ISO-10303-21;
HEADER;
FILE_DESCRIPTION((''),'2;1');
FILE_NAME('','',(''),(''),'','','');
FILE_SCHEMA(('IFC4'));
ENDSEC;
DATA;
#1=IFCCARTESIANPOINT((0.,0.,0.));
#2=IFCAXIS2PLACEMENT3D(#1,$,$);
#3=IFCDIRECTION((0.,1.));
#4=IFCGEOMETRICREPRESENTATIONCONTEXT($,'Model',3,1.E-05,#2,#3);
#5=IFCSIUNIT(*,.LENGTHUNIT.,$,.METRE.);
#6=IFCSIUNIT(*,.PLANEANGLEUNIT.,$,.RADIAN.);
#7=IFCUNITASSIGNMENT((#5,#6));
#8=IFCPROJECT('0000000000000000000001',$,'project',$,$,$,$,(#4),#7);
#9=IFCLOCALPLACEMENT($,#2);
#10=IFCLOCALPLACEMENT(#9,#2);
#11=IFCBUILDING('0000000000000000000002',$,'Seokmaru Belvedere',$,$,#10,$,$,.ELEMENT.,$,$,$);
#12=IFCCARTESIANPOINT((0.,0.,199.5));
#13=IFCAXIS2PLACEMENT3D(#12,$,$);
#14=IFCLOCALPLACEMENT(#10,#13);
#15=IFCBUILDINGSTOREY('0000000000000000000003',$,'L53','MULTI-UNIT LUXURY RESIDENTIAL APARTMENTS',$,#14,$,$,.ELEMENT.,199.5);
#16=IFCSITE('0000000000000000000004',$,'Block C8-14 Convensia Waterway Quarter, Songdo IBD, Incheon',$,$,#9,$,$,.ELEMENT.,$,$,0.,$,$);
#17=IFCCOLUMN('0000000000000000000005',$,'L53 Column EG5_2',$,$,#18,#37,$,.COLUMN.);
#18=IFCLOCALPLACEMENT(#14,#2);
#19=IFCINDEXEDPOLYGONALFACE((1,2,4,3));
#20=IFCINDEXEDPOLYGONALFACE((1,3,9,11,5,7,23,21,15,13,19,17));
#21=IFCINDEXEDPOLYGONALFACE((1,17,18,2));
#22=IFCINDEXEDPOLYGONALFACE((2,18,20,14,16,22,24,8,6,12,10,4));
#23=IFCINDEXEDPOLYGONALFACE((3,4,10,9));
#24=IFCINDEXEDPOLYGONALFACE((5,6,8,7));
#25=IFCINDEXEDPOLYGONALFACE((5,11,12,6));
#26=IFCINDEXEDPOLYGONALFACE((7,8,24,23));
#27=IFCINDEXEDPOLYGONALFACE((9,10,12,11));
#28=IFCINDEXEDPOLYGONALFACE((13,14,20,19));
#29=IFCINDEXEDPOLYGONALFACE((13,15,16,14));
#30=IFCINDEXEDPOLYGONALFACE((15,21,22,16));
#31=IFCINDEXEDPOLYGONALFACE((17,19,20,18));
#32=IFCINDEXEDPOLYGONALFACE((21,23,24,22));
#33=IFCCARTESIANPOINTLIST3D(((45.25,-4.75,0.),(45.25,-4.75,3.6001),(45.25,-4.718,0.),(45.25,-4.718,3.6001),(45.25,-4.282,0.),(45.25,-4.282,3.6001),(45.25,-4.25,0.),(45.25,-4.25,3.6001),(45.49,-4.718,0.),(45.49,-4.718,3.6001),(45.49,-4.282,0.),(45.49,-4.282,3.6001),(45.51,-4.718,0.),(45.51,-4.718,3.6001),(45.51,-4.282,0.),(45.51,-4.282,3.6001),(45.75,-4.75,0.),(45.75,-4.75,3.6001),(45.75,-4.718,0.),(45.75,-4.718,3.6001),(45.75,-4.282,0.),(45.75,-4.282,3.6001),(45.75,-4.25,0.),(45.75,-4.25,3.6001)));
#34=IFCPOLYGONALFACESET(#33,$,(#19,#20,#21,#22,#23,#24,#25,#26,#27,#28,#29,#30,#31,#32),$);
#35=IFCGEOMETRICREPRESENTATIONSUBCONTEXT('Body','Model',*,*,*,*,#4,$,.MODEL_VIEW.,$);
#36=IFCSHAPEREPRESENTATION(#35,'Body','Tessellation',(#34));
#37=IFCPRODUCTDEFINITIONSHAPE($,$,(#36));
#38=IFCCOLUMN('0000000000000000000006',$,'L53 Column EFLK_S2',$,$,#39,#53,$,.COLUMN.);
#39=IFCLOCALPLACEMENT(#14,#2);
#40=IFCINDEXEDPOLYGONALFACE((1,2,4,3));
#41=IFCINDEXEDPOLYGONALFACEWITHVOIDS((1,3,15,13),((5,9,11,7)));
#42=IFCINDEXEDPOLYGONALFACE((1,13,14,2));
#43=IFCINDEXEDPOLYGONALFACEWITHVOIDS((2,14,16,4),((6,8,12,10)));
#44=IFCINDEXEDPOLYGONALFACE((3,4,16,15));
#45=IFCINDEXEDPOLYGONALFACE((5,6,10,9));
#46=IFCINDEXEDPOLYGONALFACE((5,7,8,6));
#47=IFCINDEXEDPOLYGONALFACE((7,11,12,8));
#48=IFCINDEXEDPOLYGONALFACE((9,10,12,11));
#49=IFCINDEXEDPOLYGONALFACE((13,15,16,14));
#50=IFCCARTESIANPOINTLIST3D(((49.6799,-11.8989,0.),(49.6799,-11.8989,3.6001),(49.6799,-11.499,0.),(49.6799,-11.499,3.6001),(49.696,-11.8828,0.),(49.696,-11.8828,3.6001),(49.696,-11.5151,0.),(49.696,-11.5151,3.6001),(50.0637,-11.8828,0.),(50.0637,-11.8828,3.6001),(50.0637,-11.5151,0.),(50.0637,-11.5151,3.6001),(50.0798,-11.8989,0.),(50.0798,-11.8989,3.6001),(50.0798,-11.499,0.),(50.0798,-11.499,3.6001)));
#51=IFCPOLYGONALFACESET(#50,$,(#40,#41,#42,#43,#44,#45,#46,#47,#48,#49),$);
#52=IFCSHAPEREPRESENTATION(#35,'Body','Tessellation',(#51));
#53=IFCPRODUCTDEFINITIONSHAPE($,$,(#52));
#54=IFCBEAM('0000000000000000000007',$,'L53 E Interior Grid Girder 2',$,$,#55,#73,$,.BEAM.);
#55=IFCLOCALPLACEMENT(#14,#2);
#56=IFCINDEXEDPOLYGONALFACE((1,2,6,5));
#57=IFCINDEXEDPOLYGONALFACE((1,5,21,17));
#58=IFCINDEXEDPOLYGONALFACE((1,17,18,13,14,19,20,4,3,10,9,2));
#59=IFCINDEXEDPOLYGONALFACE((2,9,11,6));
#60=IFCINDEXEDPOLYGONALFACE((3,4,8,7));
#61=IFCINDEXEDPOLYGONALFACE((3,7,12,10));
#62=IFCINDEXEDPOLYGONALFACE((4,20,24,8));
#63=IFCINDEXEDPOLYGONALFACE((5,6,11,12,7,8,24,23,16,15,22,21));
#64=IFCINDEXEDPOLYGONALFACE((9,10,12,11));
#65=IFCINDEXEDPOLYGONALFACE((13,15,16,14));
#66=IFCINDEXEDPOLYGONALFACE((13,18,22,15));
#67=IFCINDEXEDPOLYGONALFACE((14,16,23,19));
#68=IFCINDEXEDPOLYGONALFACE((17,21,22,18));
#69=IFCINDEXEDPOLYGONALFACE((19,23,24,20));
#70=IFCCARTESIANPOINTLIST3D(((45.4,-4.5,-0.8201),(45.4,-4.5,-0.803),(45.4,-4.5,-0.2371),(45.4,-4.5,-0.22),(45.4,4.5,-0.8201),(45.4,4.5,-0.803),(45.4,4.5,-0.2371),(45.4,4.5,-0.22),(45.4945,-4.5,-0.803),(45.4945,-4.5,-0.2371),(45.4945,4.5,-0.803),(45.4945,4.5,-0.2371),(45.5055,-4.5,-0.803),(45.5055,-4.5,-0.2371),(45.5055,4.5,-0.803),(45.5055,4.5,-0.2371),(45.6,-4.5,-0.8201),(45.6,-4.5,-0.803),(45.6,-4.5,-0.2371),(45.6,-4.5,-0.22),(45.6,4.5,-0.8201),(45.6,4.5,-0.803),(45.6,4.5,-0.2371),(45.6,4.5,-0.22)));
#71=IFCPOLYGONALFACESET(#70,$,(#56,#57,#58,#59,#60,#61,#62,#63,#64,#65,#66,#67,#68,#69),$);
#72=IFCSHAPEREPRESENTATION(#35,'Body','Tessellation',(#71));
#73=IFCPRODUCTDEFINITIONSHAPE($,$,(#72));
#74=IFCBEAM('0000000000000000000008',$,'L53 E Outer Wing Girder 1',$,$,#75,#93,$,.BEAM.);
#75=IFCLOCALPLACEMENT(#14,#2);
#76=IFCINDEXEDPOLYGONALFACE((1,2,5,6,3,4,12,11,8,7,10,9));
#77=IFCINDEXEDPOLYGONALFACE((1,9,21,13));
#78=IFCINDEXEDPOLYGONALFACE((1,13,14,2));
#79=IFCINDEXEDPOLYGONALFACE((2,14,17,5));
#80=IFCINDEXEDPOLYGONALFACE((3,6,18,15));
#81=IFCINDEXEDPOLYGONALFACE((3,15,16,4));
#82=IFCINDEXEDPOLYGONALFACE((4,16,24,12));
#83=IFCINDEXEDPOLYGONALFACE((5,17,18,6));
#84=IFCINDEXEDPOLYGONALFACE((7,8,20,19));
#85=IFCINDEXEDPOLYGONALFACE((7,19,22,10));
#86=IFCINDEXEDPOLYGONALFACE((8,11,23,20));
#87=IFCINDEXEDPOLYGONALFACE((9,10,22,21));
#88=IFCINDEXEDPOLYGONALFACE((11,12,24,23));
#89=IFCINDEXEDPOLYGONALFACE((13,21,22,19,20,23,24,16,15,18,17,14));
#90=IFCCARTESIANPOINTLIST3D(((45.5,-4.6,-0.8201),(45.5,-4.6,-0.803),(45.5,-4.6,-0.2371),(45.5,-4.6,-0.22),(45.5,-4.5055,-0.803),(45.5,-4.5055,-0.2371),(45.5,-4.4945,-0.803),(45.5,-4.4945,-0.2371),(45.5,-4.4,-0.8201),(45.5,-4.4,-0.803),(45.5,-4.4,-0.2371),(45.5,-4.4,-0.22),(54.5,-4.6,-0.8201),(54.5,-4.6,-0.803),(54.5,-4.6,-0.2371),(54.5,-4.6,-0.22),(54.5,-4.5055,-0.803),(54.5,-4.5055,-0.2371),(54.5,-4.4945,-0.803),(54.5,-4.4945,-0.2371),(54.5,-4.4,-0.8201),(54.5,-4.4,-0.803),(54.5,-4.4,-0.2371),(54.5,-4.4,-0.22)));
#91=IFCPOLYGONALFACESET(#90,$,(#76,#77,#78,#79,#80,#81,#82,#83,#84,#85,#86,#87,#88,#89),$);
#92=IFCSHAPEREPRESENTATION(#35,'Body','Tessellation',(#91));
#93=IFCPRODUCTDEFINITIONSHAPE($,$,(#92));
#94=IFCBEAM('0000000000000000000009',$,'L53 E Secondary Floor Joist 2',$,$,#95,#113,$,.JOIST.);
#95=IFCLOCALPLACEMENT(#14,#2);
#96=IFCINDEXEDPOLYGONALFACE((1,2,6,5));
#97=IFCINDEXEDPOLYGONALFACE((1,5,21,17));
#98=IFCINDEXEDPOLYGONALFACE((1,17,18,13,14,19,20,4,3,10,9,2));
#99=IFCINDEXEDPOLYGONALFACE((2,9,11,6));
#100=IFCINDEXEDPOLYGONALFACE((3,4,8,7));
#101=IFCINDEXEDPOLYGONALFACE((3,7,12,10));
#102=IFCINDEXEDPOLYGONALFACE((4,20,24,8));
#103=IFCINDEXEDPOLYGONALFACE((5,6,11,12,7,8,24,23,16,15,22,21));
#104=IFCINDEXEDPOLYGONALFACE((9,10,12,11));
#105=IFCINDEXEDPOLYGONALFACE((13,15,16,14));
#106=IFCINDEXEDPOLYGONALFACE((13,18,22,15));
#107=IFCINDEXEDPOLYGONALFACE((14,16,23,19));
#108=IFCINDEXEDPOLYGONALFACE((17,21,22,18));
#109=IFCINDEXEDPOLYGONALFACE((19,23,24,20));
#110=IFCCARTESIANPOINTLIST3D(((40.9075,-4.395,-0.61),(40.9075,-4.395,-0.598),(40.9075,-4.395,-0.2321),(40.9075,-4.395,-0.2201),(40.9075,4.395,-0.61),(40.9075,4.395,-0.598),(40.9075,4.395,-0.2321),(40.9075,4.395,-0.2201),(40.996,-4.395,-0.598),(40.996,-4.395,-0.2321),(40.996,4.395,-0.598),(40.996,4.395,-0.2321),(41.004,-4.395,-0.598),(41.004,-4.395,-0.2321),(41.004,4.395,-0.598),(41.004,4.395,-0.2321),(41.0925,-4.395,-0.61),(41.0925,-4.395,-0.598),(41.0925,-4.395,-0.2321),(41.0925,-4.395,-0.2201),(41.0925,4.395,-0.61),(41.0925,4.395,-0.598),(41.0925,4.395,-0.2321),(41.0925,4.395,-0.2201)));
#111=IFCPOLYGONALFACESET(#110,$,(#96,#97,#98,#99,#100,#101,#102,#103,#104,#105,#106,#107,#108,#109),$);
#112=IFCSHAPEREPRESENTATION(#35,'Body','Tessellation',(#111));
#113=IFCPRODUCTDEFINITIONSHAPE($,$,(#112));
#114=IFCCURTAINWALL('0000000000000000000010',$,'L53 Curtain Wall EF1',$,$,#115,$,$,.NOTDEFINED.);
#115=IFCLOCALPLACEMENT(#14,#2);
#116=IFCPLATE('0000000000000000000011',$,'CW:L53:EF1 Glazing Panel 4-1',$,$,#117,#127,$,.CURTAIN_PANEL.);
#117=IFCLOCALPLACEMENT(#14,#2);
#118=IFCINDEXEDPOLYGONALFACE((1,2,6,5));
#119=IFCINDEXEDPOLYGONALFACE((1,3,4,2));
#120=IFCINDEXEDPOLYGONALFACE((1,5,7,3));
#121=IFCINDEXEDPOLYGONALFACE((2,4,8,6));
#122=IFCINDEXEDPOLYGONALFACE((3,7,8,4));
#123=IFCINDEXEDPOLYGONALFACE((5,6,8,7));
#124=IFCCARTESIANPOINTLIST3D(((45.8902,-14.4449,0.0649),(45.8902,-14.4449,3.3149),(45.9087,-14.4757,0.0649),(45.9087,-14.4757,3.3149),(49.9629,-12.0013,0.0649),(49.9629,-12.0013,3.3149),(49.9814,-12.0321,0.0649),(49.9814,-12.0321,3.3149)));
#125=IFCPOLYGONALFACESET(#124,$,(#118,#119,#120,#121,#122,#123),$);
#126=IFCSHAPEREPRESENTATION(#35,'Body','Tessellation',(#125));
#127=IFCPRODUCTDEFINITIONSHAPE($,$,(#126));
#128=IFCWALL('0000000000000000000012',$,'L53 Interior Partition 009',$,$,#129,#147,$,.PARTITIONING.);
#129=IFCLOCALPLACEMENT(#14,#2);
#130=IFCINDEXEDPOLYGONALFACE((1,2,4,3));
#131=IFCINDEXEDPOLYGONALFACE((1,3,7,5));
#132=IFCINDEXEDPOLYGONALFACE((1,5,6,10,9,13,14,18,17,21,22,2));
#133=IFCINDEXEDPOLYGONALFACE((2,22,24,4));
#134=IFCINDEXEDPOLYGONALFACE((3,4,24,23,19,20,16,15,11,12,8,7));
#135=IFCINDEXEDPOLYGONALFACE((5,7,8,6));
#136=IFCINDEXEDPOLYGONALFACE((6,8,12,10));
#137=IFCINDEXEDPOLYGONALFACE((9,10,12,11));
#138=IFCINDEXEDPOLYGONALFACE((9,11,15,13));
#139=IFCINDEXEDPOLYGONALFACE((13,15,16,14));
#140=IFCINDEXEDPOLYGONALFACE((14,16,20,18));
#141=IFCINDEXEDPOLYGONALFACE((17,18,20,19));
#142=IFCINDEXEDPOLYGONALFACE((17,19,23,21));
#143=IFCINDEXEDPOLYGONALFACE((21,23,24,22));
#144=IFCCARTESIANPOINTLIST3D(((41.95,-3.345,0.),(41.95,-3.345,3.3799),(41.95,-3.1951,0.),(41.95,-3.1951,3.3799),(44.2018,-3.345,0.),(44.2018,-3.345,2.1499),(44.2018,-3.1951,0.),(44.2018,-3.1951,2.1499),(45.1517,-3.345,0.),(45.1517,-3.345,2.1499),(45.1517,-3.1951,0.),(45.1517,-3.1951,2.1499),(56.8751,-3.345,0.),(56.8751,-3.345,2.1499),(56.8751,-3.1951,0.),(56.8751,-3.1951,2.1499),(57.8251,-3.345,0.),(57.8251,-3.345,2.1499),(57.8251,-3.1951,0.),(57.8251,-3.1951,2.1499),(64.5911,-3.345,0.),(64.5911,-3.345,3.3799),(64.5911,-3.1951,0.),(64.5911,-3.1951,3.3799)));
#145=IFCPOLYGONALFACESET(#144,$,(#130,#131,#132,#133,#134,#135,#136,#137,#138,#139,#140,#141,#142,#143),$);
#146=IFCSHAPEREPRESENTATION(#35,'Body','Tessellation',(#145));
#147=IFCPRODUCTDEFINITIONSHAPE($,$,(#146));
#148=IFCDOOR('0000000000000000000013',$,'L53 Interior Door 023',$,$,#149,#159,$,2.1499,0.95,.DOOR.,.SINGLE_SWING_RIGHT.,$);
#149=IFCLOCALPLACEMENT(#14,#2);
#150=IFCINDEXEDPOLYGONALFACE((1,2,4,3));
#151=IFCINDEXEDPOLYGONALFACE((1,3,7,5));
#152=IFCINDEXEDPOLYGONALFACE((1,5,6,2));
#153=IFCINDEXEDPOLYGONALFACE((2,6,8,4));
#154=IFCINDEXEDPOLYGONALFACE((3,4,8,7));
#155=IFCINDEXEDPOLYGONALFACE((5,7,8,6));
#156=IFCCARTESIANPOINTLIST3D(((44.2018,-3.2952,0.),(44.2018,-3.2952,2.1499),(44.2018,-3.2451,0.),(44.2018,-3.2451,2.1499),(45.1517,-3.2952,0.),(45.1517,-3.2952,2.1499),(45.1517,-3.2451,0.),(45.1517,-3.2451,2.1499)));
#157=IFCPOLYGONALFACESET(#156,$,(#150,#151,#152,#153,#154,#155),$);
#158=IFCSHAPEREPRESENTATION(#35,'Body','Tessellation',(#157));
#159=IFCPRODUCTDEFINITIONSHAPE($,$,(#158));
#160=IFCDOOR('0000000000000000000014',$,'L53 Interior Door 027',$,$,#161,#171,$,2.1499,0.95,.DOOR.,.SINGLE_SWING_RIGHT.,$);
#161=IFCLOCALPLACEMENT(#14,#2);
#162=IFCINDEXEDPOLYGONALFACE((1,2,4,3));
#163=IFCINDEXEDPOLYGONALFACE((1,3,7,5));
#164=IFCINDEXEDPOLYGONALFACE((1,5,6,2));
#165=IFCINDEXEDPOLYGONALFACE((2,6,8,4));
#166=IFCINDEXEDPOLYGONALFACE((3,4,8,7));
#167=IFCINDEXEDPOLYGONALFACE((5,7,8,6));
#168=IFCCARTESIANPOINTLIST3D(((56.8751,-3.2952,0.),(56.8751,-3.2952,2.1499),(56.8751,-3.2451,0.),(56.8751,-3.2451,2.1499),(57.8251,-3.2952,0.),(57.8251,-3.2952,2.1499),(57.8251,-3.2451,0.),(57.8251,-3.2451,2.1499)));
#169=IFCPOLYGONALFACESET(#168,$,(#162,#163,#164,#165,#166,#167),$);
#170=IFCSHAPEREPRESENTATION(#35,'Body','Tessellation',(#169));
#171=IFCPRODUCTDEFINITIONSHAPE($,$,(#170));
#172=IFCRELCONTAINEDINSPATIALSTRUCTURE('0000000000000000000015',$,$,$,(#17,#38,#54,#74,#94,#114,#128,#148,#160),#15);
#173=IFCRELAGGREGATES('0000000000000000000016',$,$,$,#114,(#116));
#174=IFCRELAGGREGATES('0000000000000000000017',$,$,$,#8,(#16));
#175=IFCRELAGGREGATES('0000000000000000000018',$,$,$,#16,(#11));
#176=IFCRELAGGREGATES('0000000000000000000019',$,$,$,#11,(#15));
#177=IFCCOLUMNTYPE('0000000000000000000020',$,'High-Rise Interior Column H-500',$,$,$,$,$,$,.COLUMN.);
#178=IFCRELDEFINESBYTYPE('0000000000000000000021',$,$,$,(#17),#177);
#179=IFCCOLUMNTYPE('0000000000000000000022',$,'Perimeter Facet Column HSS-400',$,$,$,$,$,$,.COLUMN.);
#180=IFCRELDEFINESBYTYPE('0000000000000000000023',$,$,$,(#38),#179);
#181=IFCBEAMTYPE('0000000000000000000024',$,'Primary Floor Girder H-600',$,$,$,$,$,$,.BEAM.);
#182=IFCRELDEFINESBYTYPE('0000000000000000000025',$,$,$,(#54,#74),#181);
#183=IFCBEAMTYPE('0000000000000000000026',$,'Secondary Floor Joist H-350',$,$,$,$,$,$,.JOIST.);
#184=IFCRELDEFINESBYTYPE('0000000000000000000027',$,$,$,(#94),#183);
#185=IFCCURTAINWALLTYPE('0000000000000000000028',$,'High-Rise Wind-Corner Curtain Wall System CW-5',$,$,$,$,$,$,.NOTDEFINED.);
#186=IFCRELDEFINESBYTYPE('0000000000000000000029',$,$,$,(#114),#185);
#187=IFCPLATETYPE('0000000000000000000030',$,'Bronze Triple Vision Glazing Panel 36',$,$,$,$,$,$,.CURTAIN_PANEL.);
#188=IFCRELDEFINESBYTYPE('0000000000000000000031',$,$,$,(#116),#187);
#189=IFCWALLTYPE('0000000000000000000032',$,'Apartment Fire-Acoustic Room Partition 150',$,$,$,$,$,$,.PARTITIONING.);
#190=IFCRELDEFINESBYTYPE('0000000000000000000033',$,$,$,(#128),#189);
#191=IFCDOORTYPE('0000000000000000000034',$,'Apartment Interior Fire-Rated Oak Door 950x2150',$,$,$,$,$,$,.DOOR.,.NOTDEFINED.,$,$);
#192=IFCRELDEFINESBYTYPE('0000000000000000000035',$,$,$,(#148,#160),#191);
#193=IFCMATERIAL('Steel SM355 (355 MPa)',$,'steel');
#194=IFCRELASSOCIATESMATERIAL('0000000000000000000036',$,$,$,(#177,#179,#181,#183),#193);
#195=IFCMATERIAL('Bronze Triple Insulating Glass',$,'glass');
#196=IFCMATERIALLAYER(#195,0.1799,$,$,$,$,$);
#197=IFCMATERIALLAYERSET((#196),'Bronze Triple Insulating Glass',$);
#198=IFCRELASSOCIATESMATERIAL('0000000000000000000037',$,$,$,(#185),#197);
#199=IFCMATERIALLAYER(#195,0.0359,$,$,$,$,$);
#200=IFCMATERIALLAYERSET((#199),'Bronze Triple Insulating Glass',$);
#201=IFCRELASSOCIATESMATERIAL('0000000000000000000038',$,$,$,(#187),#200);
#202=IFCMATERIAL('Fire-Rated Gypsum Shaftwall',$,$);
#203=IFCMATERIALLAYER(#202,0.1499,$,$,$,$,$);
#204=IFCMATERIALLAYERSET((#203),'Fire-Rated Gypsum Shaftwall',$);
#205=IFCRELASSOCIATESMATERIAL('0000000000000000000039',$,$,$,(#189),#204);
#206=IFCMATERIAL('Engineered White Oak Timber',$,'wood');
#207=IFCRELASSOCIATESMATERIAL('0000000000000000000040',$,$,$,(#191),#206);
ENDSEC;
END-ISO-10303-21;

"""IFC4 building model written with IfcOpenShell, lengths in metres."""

from ifc_helpers import new_model, si_unit, direction, frame, frame_2d, origin, origin_2d, place, context, subcontext, project, spatial, rectangle, hollow_rectangle, i_section, extrude, source, transform, mapped, material, layer, layer_set, material_profile, profile_set, type_object, type_shapes, element, fill, aggregate, save


model = new_model("IFC4")

# Units and contexts
model_context = context("Model", 3, precision=1e-05, world=origin(), true_north=direction((0.0, 1.0)))
body_context = subcontext(model_context, "Body", "Model", "MODEL_VIEW")
ifc_project = project(units=[si_unit("LENGTHUNIT", "METRE"), si_unit("PLANEANGLEUNIT", "RADIAN")], contexts=[model_context])

# Site, building, storey
site_placement = place(None, origin())
site = spatial("IfcSite", under=ifc_project, at=site_placement, Name="Block C8-14 Convensia Waterway Quarter, Songdo IBD, Incheon", CompositionType="ELEMENT", RefElevation=0.0)
building_placement = place(site_placement, origin())
building = spatial("IfcBuilding", under=site, at=building_placement, Name="Seokmaru Belvedere", CompositionType="ELEMENT")
storey_placement = place(building_placement, frame((0.0, 0.0, 199.5)))
storey = spatial("IfcBuildingStorey", under=building, at=storey_placement, Name="L53", Description="MULTI-UNIT LUXURY RESIDENTIAL APARTMENTS", CompositionType="ELEMENT", Elevation=199.5)

# Columns
ifc_material_1 = material(Name="Steel SM355 (355 MPa)", Category="steel")
ifc_material_profile_1 = material_profile(ifc_material_1, i_section(OverallWidth=0.5, OverallDepth=0.5, WebThickness=0.02, FlangeThickness=0.032, at=origin_2d()), Name="H-500x500x20x32")
ifc_profile_set_1 = profile_set([ifc_material_profile_1], Name="Steel SM355 (355 MPa)")
column_type_1 = type_object("IfcColumnType", Name="High-Rise Interior Column H-500", PredefinedType="COLUMN", material=ifc_profile_set_1)
shared_shape_1 = source(origin(), body_context, "Body", "SweptSolid", [
    extrude(i_section(OverallWidth=0.5, OverallDepth=0.5, WebThickness=0.02, FlangeThickness=0.032, at=origin_2d()), origin(), (0.0, 0.0, 1.0), 3.6001),
])
type_shapes(column_type_1, [shared_shape_1])
column_1_placement = place(storey_placement, frame((45.5, -4.5, 0.0), z_axis=(0.0, 0.0, 1.0), x_axis=(1.0, 0.0, 0.0)))
element("IfcColumn", 1, at=column_1_placement, inside=storey, type_object=column_type_1, Name="L53 Column EG5_2", PredefinedType="COLUMN", context=body_context, shape_type="MappedRepresentation", body=[
    mapped(shared_shape_1, transform((0.0, 0.0, 0.0), scale=1.0)),
])
ifc_material_profile_2 = material_profile(ifc_material_1, hollow_rectangle(XDim=0.3999, YDim=0.3999, WallThickness=0.0161, at=origin_2d()), Name="HSS-400x400x16")
ifc_profile_set_2 = profile_set([ifc_material_profile_2], Name="Steel SM355 (355 MPa)")
column_type_2 = type_object("IfcColumnType", Name="Perimeter Facet Column HSS-400", PredefinedType="COLUMN", material=ifc_profile_set_2)
shared_shape_2 = source(origin(), body_context, "Body", "SweptSolid", [
    extrude(hollow_rectangle(XDim=0.3999, YDim=0.3999, WallThickness=0.0161, at=origin_2d()), origin(), (0.0, 0.0, 1.0), 3.6001),
])
type_shapes(column_type_2, [shared_shape_2])
column_2_placement = place(storey_placement, frame((49.8799, -11.699, 0.0), z_axis=(0.0, 0.0, 1.0), x_axis=(1.0, 0.0, 0.0)))
element("IfcColumn", 2, at=column_2_placement, inside=storey, type_object=column_type_2, Name="L53 Column EFLK_S2", PredefinedType="COLUMN", context=body_context, shape_type="MappedRepresentation", body=[
    mapped(shared_shape_2, transform((0.0, 0.0, 0.0), scale=1.0)),
])

# Beams
ifc_material_profile_3 = material_profile(ifc_material_1, i_section(OverallWidth=0.2, OverallDepth=0.6001, WebThickness=0.011, FlangeThickness=0.0171, at=origin_2d()), Name="H-600x200x11x17")
ifc_profile_set_3 = profile_set([ifc_material_profile_3], Name="Steel SM355 (355 MPa)")
beam_type_1 = type_object("IfcBeamType", Name="Primary Floor Girder H-600", PredefinedType="BEAM", material=ifc_profile_set_3)
shared_shape_3 = source(origin(), body_context, "Body", "SweptSolid", [
    extrude(i_section(OverallWidth=0.2, OverallDepth=0.6001, WebThickness=0.011, FlangeThickness=0.0171, at=origin_2d()), origin(), (0.0, 0.0, 1.0), 9.0),
])
type_shapes(beam_type_1, [shared_shape_3])
for number, where, z_axis, x_axis, name in (
    (3, (45.5, -4.5, -0.52), (0.0, 1.0, 0.0), (-1.0, 0.0, 0.0), "L53 E Interior Grid Girder 2"),
    (4, (45.5, -4.5, -0.52), (1.0, 0.0, 0.0), (0.0, 1.0, 0.0), "L53 E Outer Wing Girder 1"),
):
    element("IfcBeam", number, at=place(storey_placement, frame(where, z_axis=z_axis, x_axis=x_axis)), inside=storey, type_object=beam_type_1, Name=name, PredefinedType="BEAM", context=body_context, shape_type="MappedRepresentation", body=[
        mapped(shared_shape_3, transform((0.0, 0.0, 0.0), scale=1.0)),
    ])
ifc_material_profile_4 = material_profile(ifc_material_1, i_section(OverallWidth=0.1851, OverallDepth=0.3899, WebThickness=0.0081, FlangeThickness=0.012, at=origin_2d()), Name="H-390x185x8x12")
ifc_profile_set_4 = profile_set([ifc_material_profile_4], Name="Steel SM355 (355 MPa)")
beam_type_2 = type_object("IfcBeamType", Name="Secondary Floor Joist H-350", PredefinedType="JOIST", material=ifc_profile_set_4)
shared_shape_4 = source(origin(), body_context, "Body", "SweptSolid", [
    extrude(i_section(OverallWidth=0.1851, OverallDepth=0.3899, WebThickness=0.0081, FlangeThickness=0.012, at=origin_2d()), origin(), (0.0, 0.0, 1.0), 8.79),
])
type_shapes(beam_type_2, [shared_shape_4])
beam_placement = place(storey_placement, frame((41.0, -4.395, -0.415), z_axis=(0.0, 1.0, 0.0), x_axis=(-1.0, 0.0, 0.0)))
element("IfcBeam", 5, at=beam_placement, inside=storey, type_object=beam_type_2, Name="L53 E Secondary Floor Joist 2", PredefinedType="JOIST", context=body_context, shape_type="MappedRepresentation", body=[
    mapped(shared_shape_4, transform((0.0, 0.0, 0.0), scale=1.0)),
])

# Curtain wall, plate
ifc_material_2 = material(Name="Bronze Triple Insulating Glass", Category="glass")
ifc_layer_1 = layer(ifc_material_2, 0.1799)
ifc_layer_set_1 = layer_set([ifc_layer_1], Name="Bronze Triple Insulating Glass")
curtain_wall_type = type_object("IfcCurtainWallType", Name="High-Rise Wind-Corner Curtain Wall System CW-5", PredefinedType="NOTDEFINED", material=ifc_layer_set_1)
curtain_wall_placement = place(storey_placement, origin())
curtain_wall = element("IfcCurtainWall", 6, at=curtain_wall_placement, inside=storey, type_object=curtain_wall_type, Name="L53 Curtain Wall EF1", PredefinedType="NOTDEFINED")
ifc_layer_2 = layer(ifc_material_2, 0.0359)
ifc_layer_set_2 = layer_set([ifc_layer_2], Name="Bronze Triple Insulating Glass")
plate_type = type_object("IfcPlateType", Name="Bronze Triple Vision Glazing Panel 36", PredefinedType="CURTAIN_PANEL", material=ifc_layer_set_2)
shared_shape_5 = source(origin(), body_context, "Body", "SweptSolid", [
    extrude(rectangle(XDim=4.7495, YDim=0.0359, at=origin_2d()), origin(), (0.0, 0.0, 1.0), 3.25),
])
type_shapes(plate_type, [shared_shape_5])
plate_placement = place(storey_placement, frame((47.9358, -13.2385, 0.0649), z_axis=(0.0, 0.0, 1.0), x_axis=(0.857493, 0.514495, 0.0)))
plate = element("IfcPlate", 7, at=plate_placement, type_object=plate_type, Name="CW:L53:EF1 Glazing Panel 4-1", PredefinedType="CURTAIN_PANEL", context=body_context, shape_type="MappedRepresentation", body=[
    mapped(shared_shape_5, transform((0.0, 0.0, 0.0), scale=1.0)),
])
aggregate(curtain_wall, [plate])

# Wall, openings, doors
ifc_material_3 = material(Name="Fire-Rated Gypsum Shaftwall")
ifc_layer_3 = layer(ifc_material_3, 0.1499)
ifc_layer_set_3 = layer_set([ifc_layer_3], Name="Fire-Rated Gypsum Shaftwall")
wall_type_1 = type_object("IfcWallType", Name="Apartment Fire-Acoustic Room Partition 150", PredefinedType="PARTITIONING", material=ifc_layer_set_3)
wall_1_placement = place(storey_placement, frame((41.95, -3.27, 0.0), z_axis=(0.0, 0.0, 1.0), x_axis=(1.0, 0.0, 0.0)))
wall_1 = element("IfcWall", 8, at=wall_1_placement, inside=storey, type_object=wall_type_1, Name="L53 Interior Partition 009", PredefinedType="PARTITIONING", context=body_context, shape_type="SweptSolid", body=[
    extrude(rectangle(XDim=22.6411, YDim=0.1499, at=frame_2d((11.3206, 0.0))), origin(), (0.0, 0.0, 1.0), 3.3799),
])
opening_1_placement = place(wall_1_placement, frame((2.2517, 0.0, 0.0)))
opening_1 = element("IfcOpeningElement", 9, at=opening_1_placement, cuts=wall_1, PredefinedType="OPENING", context=body_context, shape_type="SweptSolid", body=[
    extrude(rectangle(XDim=0.95, YDim=2.1499, at=frame_2d((0.4751, 1.075))), frame((0.0, 0.085, 0.0), z_axis=(0.0, -1.0, 0.0), x_axis=(1.0, 0.0, 0.0)), (0.0, 0.0, 1.0), 0.1699),
])
opening_2_placement = place(wall_1_placement, frame((14.925, 0.0, 0.0)))
opening_2 = element("IfcOpeningElement", 10, at=opening_2_placement, cuts=wall_1, PredefinedType="OPENING", context=body_context, shape_type="SweptSolid", body=[
    extrude(rectangle(XDim=0.95, YDim=2.1499, at=frame_2d((0.4751, 1.075))), frame((0.0, 0.085, 0.0), z_axis=(0.0, -1.0, 0.0), x_axis=(1.0, 0.0, 0.0)), (0.0, 0.0, 1.0), 0.1699),
])
ifc_material_4 = material(Name="Engineered White Oak Timber", Category="wood")
door_type_1 = type_object("IfcDoorType", Name="Apartment Interior Fire-Rated Oak Door 950x2150", OperationType="NOTDEFINED", PredefinedType="DOOR", material=ifc_material_4)
shared_shape_6 = source(origin(), body_context, "Body", "SweptSolid", [
    extrude(rectangle(XDim=0.95, YDim=2.1499, at=frame_2d((0.4751, 1.075))), frame((0.0, 0.0249, 0.0), z_axis=(0.0, -1.0, 0.0), x_axis=(1.0, 0.0, 0.0)), (0.0, 0.0, 1.0), 0.05),
])
type_shapes(door_type_1, [shared_shape_6])
door_1_placement = place(opening_1_placement, origin())
door_1 = element("IfcDoor", 11, at=door_1_placement, inside=storey, type_object=door_type_1, Name="L53 Interior Door 023", OperationType="SINGLE_SWING_RIGHT", OverallHeight=2.1499, OverallWidth=0.95, PredefinedType="DOOR", context=body_context, shape_type="MappedRepresentation", body=[
    mapped(shared_shape_6, transform((0.0, 0.0, 0.0), scale=1.0)),
])
fill(opening_1, door_1)
door_2_placement = place(opening_2_placement, origin())
door_2 = element("IfcDoor", 12, at=door_2_placement, inside=storey, type_object=door_type_1, Name="L53 Interior Door 027", OperationType="SINGLE_SWING_RIGHT", OverallHeight=2.1499, OverallWidth=0.95, PredefinedType="DOOR", context=body_context, shape_type="MappedRepresentation", body=[
    mapped(shared_shape_6, transform((0.0, 0.0, 0.0), scale=1.0)),
])
fill(opening_2, door_2)

save(model, "model.ifc")
